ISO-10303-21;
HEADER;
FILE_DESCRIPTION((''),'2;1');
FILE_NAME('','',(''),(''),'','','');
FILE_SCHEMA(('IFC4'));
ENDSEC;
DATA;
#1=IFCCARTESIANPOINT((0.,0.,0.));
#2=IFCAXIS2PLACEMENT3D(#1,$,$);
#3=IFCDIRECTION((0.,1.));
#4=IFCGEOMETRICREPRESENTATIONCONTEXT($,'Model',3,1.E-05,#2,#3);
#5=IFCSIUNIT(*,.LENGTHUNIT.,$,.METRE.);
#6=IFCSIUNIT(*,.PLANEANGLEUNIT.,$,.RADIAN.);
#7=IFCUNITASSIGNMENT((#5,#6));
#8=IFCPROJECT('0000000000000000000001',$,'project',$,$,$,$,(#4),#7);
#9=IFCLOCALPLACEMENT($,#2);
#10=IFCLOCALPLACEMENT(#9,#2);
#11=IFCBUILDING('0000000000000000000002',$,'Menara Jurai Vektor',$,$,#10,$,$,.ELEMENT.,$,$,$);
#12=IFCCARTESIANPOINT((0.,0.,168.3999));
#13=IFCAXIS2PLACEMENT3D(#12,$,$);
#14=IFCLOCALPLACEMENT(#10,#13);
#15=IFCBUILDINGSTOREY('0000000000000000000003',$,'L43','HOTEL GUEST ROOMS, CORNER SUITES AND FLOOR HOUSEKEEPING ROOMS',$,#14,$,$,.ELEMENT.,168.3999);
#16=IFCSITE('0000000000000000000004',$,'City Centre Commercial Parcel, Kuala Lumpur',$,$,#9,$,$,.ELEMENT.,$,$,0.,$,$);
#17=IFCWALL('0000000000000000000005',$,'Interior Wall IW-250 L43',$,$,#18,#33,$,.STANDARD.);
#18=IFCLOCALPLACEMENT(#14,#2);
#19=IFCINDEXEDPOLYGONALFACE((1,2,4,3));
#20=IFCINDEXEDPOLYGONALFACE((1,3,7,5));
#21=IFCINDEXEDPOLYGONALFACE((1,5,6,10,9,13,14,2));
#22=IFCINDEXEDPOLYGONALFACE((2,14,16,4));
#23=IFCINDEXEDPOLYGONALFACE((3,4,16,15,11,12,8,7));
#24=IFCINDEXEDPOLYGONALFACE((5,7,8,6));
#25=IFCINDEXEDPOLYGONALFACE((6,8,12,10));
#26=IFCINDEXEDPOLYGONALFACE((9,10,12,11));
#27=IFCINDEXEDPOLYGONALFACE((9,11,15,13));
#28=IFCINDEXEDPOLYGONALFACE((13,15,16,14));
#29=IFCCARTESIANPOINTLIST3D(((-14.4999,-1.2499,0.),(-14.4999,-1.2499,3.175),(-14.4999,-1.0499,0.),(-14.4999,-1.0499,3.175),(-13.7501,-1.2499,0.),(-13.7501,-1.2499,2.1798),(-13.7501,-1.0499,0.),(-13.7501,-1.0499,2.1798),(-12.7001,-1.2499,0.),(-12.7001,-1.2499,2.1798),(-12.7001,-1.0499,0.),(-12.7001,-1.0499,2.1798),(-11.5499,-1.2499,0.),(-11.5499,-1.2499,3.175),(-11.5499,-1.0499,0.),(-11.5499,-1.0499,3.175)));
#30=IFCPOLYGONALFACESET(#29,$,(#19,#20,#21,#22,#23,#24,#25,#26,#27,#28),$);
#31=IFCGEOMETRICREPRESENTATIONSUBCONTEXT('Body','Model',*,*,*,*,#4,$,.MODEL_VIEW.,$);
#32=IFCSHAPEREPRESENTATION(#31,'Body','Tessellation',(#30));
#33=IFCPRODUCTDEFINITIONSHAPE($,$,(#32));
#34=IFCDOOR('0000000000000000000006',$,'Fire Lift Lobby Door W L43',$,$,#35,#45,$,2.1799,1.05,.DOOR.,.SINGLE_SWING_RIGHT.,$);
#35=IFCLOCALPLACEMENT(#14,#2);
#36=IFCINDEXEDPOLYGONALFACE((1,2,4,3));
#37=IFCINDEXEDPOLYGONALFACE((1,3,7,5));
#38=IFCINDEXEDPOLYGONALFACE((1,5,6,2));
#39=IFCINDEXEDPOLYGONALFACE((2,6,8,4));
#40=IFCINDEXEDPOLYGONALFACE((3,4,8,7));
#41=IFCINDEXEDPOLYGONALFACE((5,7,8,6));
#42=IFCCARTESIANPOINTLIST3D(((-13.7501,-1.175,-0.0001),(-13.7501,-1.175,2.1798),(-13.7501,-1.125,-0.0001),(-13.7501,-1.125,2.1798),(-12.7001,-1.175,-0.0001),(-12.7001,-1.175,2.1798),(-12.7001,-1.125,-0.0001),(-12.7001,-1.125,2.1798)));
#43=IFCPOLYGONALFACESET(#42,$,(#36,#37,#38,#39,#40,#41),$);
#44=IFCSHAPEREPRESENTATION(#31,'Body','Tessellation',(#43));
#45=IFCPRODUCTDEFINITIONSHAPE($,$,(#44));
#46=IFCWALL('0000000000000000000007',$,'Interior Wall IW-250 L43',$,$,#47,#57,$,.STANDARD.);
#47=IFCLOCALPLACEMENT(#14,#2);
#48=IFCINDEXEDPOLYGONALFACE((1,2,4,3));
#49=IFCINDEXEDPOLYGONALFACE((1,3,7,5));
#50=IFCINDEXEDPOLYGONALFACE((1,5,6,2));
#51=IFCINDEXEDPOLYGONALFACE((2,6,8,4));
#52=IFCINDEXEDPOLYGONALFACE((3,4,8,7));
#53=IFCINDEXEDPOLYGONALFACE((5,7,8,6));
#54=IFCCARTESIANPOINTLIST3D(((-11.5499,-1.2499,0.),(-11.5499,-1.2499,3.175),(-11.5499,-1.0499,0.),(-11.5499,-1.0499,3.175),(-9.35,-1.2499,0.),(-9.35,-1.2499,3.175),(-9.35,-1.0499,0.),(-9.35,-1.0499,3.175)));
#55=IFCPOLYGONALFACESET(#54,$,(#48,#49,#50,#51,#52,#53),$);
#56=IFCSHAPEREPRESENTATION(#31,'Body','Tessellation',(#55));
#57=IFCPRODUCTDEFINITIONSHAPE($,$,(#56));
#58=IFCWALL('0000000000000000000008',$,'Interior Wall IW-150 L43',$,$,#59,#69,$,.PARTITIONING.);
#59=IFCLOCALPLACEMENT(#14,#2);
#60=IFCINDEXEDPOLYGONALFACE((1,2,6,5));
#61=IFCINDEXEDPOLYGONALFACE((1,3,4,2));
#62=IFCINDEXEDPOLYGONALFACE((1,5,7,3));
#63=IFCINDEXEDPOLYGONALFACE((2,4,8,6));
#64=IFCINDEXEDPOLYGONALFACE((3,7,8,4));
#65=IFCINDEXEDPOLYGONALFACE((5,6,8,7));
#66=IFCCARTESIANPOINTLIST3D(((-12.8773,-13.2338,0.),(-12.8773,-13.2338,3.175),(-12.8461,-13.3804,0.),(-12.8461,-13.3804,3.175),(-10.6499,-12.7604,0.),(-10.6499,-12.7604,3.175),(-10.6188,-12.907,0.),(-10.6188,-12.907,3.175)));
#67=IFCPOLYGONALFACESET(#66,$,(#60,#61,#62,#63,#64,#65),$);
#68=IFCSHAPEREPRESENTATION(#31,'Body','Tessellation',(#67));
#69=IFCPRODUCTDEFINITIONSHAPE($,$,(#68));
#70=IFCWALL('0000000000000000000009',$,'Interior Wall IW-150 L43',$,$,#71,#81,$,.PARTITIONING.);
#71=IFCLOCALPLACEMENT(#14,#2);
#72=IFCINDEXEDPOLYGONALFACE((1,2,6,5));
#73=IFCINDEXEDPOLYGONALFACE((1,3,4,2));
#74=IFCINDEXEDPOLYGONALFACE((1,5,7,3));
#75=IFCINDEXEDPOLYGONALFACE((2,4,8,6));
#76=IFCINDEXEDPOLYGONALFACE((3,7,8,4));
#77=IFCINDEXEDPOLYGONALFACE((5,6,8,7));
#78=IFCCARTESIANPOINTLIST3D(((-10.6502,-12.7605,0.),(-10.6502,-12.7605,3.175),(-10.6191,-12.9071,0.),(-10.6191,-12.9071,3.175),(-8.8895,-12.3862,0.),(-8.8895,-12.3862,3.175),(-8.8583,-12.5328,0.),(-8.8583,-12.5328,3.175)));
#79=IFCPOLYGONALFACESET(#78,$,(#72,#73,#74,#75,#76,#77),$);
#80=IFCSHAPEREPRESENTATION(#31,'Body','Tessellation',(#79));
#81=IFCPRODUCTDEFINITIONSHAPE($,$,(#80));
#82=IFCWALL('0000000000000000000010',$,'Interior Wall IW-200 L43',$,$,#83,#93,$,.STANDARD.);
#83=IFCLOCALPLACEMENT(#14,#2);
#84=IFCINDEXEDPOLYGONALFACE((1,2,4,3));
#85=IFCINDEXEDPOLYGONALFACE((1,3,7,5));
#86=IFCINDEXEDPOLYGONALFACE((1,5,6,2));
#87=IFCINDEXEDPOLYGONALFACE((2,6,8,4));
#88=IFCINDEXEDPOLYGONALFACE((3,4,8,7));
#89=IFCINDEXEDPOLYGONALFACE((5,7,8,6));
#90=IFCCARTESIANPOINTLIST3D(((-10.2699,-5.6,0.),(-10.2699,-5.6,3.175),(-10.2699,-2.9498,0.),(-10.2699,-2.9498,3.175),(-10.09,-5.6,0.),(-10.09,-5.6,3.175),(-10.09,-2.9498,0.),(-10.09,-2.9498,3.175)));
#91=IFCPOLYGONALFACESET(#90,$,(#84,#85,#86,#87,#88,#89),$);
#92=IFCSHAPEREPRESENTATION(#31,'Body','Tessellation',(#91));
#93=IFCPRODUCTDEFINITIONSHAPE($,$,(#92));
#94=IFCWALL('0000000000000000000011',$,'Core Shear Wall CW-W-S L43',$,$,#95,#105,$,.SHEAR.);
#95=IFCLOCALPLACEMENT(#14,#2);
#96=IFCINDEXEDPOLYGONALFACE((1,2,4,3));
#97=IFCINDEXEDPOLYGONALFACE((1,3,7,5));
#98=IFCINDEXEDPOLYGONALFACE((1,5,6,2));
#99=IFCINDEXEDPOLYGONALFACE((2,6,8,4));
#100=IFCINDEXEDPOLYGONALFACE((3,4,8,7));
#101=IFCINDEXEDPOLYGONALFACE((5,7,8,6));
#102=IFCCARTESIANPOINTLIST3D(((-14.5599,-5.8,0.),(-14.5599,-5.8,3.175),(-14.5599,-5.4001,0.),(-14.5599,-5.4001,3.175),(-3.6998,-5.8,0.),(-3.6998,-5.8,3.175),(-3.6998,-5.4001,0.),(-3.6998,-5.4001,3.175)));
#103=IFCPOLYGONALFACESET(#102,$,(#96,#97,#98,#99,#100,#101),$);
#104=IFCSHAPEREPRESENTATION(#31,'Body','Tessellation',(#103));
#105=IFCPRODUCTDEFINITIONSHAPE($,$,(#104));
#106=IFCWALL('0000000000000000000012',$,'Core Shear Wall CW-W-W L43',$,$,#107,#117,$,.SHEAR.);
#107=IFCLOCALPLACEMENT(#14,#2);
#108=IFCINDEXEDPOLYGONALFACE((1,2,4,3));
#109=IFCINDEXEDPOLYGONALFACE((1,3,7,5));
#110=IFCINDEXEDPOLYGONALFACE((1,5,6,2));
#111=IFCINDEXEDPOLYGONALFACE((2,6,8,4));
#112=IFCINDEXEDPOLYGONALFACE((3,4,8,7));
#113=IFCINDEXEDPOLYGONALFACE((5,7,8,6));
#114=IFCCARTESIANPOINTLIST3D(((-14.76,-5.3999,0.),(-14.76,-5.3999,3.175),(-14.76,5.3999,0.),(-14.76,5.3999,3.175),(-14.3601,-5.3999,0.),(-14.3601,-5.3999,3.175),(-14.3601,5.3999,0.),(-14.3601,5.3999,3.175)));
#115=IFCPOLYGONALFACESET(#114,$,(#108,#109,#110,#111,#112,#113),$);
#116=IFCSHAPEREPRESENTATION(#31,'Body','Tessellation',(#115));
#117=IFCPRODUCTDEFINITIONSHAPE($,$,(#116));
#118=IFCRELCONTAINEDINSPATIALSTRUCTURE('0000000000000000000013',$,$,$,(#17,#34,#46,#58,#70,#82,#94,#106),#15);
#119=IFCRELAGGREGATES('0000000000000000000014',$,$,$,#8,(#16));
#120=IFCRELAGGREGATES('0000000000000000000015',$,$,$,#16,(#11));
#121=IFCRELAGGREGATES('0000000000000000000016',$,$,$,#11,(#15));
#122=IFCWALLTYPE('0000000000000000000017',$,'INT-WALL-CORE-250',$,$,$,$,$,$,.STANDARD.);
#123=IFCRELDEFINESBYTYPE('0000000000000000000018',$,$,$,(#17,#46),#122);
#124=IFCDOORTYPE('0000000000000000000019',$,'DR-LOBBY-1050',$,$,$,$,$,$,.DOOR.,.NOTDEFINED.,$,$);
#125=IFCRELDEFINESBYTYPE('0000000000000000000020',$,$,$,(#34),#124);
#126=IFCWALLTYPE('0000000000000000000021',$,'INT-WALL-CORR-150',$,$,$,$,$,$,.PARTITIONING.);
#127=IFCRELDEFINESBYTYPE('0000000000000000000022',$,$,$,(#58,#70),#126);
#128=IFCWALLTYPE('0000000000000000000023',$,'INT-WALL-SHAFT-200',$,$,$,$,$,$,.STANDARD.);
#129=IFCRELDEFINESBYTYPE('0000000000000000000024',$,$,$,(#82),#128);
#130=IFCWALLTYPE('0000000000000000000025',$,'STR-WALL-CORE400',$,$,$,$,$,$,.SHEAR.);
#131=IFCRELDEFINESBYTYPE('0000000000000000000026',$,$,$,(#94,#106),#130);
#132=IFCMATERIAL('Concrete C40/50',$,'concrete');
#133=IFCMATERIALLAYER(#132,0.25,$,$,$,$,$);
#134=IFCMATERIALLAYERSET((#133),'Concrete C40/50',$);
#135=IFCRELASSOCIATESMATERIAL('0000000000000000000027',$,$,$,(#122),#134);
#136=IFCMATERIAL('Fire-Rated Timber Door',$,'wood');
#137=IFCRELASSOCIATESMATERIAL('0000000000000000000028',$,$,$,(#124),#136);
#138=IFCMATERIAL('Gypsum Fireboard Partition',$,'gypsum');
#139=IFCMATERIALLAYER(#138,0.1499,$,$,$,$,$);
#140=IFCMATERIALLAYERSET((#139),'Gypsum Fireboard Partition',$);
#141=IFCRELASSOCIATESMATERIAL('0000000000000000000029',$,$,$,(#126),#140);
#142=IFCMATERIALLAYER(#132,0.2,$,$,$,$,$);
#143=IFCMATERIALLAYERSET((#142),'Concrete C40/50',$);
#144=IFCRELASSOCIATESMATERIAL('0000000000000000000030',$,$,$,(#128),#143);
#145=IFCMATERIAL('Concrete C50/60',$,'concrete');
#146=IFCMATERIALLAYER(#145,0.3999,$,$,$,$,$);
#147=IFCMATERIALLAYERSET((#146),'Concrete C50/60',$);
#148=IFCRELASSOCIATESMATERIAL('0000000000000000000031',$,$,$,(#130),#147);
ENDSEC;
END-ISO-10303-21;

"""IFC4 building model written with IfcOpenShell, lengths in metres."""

from ifc_helpers import new_model, si_unit, direction, frame, frame_2d, origin, place, context, subcontext, project, spatial, rectangle, extrude, material, layer, layer_set, type_object, element, fill, save


model = new_model("IFC4")

# Units and contexts
model_context = context("Model", 3, precision=1e-05, world=origin(), true_north=direction((0.0, 1.0)))
body_context = subcontext(model_context, "Body", "Model", "MODEL_VIEW")
ifc_project = project(units=[si_unit("LENGTHUNIT", "METRE"), si_unit("PLANEANGLEUNIT", "RADIAN")], contexts=[model_context])

# Site, building, storey
site_placement = place(None, origin())
site = spatial("IfcSite", under=ifc_project, at=site_placement, Name="City Centre Commercial Parcel, Kuala Lumpur", CompositionType="ELEMENT", RefElevation=0.0)
building_placement = place(site_placement, origin())
building = spatial("IfcBuilding", under=site, at=building_placement, Name="Menara Jurai Vektor", CompositionType="ELEMENT")
storey_placement = place(building_placement, frame((0.0, 0.0, 168.3999)))
storey = spatial("IfcBuildingStorey", under=building, at=storey_placement, Name="L43", Description="HOTEL GUEST ROOMS, CORNER SUITES AND FLOOR HOUSEKEEPING ROOMS", CompositionType="ELEMENT", Elevation=168.3999)

# Shared definitions
ifc_material_1 = material(Name="Concrete C50/60", Category="concrete")

# Shared definitions
ifc_material_2 = material(Name="Concrete C40/50", Category="concrete")
ifc_layer_1 = layer(ifc_material_2, 0.25)
ifc_layer_set_1 = layer_set([ifc_layer_1], Name="Concrete C40/50")
wall_type_1 = type_object("IfcWallType", Name="INT-WALL-CORE-250", PredefinedType="STANDARD", material=ifc_layer_set_1)

# Wall, opening, door
wall_1_placement = place(storey_placement, frame((-14.5, -1.1499, 0.0), z_axis=(0.0, 0.0, 1.0), x_axis=(1.0, 0.0, 0.0)))
wall_1 = element("IfcWall", 1, at=wall_1_placement, inside=storey, type_object=wall_type_1, Name="Interior Wall IW-250 L43", PredefinedType="STANDARD", context=body_context, shape_type="SweptSolid", body=[
    extrude(rectangle(XDim=2.95, YDim=0.2, at=frame_2d((1.4751, 0.0))), origin(), (0.0, 0.0, 1.0), 3.175),
])
opening_1_placement = place(wall_1_placement, frame((0.75, 0.0, 0.0)))
opening_1 = element("IfcOpeningElement", 2, at=opening_1_placement, cuts=wall_1, PredefinedType="OPENING", context=body_context, shape_type="SweptSolid", body=[
    extrude(rectangle(XDim=1.05, YDim=2.1799, at=frame_2d((0.5249, 1.0898))), frame((0.0, 0.1099, 0.0), z_axis=(0.0, -1.0, 0.0), x_axis=(1.0, 0.0, 0.0)), (0.0, 0.0, 1.0), 0.22),
])
ifc_material_3 = material(Name="Fire-Rated Timber Door", Category="wood")
door_type_1 = type_object("IfcDoorType", Name="DR-LOBBY-1050", OperationType="NOTDEFINED", PredefinedType="DOOR", material=ifc_material_3)
door_1_placement = place(opening_1_placement, origin())
door_1 = element("IfcDoor", 3, at=door_1_placement, inside=storey, type_object=door_type_1, Name="Fire Lift Lobby Door W L43", OperationType="SINGLE_SWING_RIGHT", OverallHeight=2.1799, OverallWidth=1.05, PredefinedType="DOOR", context=body_context, shape_type="SweptSolid", body=[
    extrude(rectangle(XDim=1.05, YDim=2.1799, at=frame_2d((0.5249, 1.0898))), frame((0.0, 0.0249, 0.0), z_axis=(0.0, -1.0, 0.0), x_axis=(1.0, 0.0, 0.0)), (0.0, 0.0, 1.0), 0.05),
])
fill(opening_1, door_1)

# Walls
wall_2_placement = place(storey_placement, frame((-11.55, -1.1499, 0.0), z_axis=(0.0, 0.0, 1.0), x_axis=(1.0, 0.0, 0.0)))
element("IfcWall", 4, at=wall_2_placement, inside=storey, type_object=wall_type_1, Name="Interior Wall IW-250 L43", PredefinedType="STANDARD", context=body_context, shape_type="SweptSolid", body=[
    extrude(rectangle(XDim=2.2, YDim=0.2, at=frame_2d((1.1001, 0.0))), origin(), (0.0, 0.0, 1.0), 3.175),
])
ifc_material_4 = material(Name="Gypsum Fireboard Partition", Category="gypsum")
ifc_layer_2 = layer(ifc_material_4, 0.1499)
ifc_layer_set_2 = layer_set([ifc_layer_2], Name="Gypsum Fireboard Partition")
wall_type_2 = type_object("IfcWallType", Name="INT-WALL-CORR-150", PredefinedType="PARTITIONING", material=ifc_layer_set_2)
wall_3_placement = place(storey_placement, frame((-12.8618, -13.3071, 0.0), z_axis=(0.0, 0.0, 1.0), x_axis=(0.978151, 0.207896, 0.0)))
element("IfcWall", 5, at=wall_3_placement, inside=storey, type_object=wall_type_2, Name="Interior Wall IW-150 L43", PredefinedType="PARTITIONING", context=body_context, shape_type="SweptSolid", body=[
    extrude(rectangle(XDim=2.2771, YDim=0.1499, at=frame_2d((1.1387, 0.0))), origin(), (0.0, 0.0, 1.0), 3.175),
])
wall_4_placement = place(storey_placement, frame((-10.6345, -12.8337, 0.0), z_axis=(0.0, 0.0, 1.0), x_axis=(0.978146, 0.207917, 0.0)))
element("IfcWall", 6, at=wall_4_placement, inside=storey, type_object=wall_type_2, Name="Interior Wall IW-150 L43", PredefinedType="PARTITIONING", context=body_context, shape_type="SweptSolid", body=[
    extrude(rectangle(XDim=1.8, YDim=0.1499, at=frame_2d((0.8999, 0.0))), origin(), (0.0, 0.0, 1.0), 3.175),
])

# Shared definitions
ifc_layer_3 = layer(ifc_material_2, 0.2)
ifc_layer_set_3 = layer_set([ifc_layer_3], Name="Concrete C40/50")
wall_type_3 = type_object("IfcWallType", Name="INT-WALL-SHAFT-200", PredefinedType="STANDARD", material=ifc_layer_set_3)

# Walls
wall_5_placement = place(storey_placement, frame((-10.1799, -5.6001, 0.0), z_axis=(0.0, 0.0, 1.0), x_axis=(0.0, 1.0, 0.0)))
element("IfcWall", 7, at=wall_5_placement, inside=storey, type_object=wall_type_3, Name="Interior Wall IW-200 L43", PredefinedType="STANDARD", context=body_context, shape_type="SweptSolid", body=[
    extrude(rectangle(XDim=2.6501, YDim=0.1799, at=frame_2d((1.3252, 0.0))), origin(), (0.0, 0.0, 1.0), 3.175),
])
ifc_layer_4 = layer(ifc_material_1, 0.3999)
ifc_layer_set_4 = layer_set([ifc_layer_4], Name="Concrete C50/60")
wall_type_4 = type_object("IfcWallType", Name="STR-WALL-CORE400", PredefinedType="SHEAR", material=ifc_layer_set_4)
wall_6_placement = place(storey_placement, frame((-14.5601, -5.6001, 0.0), z_axis=(0.0, 0.0, 1.0), x_axis=(1.0, 0.0, 0.0)))
element("IfcWall", 8, at=wall_6_placement, inside=storey, type_object=wall_type_4, Name="Core Shear Wall CW-W-S L43", PredefinedType="SHEAR", context=body_context, shape_type="SweptSolid", body=[
    extrude(rectangle(XDim=10.8601, YDim=0.3999, at=frame_2d((5.4302, 0.0))), origin(), (0.0, 0.0, 1.0), 3.175),
])
wall_7_placement = place(storey_placement, frame((-14.5601, -5.3999, 0.0), z_axis=(0.0, 0.0, 1.0), x_axis=(0.0, 1.0, 0.0)))
element("IfcWall", 9, at=wall_7_placement, inside=storey, type_object=wall_type_4, Name="Core Shear Wall CW-W-W L43", PredefinedType="SHEAR", context=body_context, shape_type="SweptSolid", body=[
    extrude(rectangle(XDim=10.7998, YDim=0.3999, at=frame_2d((5.3999, 0.0))), origin(), (0.0, 0.0, 1.0), 3.175),
])

save(model, "model.ifc")
